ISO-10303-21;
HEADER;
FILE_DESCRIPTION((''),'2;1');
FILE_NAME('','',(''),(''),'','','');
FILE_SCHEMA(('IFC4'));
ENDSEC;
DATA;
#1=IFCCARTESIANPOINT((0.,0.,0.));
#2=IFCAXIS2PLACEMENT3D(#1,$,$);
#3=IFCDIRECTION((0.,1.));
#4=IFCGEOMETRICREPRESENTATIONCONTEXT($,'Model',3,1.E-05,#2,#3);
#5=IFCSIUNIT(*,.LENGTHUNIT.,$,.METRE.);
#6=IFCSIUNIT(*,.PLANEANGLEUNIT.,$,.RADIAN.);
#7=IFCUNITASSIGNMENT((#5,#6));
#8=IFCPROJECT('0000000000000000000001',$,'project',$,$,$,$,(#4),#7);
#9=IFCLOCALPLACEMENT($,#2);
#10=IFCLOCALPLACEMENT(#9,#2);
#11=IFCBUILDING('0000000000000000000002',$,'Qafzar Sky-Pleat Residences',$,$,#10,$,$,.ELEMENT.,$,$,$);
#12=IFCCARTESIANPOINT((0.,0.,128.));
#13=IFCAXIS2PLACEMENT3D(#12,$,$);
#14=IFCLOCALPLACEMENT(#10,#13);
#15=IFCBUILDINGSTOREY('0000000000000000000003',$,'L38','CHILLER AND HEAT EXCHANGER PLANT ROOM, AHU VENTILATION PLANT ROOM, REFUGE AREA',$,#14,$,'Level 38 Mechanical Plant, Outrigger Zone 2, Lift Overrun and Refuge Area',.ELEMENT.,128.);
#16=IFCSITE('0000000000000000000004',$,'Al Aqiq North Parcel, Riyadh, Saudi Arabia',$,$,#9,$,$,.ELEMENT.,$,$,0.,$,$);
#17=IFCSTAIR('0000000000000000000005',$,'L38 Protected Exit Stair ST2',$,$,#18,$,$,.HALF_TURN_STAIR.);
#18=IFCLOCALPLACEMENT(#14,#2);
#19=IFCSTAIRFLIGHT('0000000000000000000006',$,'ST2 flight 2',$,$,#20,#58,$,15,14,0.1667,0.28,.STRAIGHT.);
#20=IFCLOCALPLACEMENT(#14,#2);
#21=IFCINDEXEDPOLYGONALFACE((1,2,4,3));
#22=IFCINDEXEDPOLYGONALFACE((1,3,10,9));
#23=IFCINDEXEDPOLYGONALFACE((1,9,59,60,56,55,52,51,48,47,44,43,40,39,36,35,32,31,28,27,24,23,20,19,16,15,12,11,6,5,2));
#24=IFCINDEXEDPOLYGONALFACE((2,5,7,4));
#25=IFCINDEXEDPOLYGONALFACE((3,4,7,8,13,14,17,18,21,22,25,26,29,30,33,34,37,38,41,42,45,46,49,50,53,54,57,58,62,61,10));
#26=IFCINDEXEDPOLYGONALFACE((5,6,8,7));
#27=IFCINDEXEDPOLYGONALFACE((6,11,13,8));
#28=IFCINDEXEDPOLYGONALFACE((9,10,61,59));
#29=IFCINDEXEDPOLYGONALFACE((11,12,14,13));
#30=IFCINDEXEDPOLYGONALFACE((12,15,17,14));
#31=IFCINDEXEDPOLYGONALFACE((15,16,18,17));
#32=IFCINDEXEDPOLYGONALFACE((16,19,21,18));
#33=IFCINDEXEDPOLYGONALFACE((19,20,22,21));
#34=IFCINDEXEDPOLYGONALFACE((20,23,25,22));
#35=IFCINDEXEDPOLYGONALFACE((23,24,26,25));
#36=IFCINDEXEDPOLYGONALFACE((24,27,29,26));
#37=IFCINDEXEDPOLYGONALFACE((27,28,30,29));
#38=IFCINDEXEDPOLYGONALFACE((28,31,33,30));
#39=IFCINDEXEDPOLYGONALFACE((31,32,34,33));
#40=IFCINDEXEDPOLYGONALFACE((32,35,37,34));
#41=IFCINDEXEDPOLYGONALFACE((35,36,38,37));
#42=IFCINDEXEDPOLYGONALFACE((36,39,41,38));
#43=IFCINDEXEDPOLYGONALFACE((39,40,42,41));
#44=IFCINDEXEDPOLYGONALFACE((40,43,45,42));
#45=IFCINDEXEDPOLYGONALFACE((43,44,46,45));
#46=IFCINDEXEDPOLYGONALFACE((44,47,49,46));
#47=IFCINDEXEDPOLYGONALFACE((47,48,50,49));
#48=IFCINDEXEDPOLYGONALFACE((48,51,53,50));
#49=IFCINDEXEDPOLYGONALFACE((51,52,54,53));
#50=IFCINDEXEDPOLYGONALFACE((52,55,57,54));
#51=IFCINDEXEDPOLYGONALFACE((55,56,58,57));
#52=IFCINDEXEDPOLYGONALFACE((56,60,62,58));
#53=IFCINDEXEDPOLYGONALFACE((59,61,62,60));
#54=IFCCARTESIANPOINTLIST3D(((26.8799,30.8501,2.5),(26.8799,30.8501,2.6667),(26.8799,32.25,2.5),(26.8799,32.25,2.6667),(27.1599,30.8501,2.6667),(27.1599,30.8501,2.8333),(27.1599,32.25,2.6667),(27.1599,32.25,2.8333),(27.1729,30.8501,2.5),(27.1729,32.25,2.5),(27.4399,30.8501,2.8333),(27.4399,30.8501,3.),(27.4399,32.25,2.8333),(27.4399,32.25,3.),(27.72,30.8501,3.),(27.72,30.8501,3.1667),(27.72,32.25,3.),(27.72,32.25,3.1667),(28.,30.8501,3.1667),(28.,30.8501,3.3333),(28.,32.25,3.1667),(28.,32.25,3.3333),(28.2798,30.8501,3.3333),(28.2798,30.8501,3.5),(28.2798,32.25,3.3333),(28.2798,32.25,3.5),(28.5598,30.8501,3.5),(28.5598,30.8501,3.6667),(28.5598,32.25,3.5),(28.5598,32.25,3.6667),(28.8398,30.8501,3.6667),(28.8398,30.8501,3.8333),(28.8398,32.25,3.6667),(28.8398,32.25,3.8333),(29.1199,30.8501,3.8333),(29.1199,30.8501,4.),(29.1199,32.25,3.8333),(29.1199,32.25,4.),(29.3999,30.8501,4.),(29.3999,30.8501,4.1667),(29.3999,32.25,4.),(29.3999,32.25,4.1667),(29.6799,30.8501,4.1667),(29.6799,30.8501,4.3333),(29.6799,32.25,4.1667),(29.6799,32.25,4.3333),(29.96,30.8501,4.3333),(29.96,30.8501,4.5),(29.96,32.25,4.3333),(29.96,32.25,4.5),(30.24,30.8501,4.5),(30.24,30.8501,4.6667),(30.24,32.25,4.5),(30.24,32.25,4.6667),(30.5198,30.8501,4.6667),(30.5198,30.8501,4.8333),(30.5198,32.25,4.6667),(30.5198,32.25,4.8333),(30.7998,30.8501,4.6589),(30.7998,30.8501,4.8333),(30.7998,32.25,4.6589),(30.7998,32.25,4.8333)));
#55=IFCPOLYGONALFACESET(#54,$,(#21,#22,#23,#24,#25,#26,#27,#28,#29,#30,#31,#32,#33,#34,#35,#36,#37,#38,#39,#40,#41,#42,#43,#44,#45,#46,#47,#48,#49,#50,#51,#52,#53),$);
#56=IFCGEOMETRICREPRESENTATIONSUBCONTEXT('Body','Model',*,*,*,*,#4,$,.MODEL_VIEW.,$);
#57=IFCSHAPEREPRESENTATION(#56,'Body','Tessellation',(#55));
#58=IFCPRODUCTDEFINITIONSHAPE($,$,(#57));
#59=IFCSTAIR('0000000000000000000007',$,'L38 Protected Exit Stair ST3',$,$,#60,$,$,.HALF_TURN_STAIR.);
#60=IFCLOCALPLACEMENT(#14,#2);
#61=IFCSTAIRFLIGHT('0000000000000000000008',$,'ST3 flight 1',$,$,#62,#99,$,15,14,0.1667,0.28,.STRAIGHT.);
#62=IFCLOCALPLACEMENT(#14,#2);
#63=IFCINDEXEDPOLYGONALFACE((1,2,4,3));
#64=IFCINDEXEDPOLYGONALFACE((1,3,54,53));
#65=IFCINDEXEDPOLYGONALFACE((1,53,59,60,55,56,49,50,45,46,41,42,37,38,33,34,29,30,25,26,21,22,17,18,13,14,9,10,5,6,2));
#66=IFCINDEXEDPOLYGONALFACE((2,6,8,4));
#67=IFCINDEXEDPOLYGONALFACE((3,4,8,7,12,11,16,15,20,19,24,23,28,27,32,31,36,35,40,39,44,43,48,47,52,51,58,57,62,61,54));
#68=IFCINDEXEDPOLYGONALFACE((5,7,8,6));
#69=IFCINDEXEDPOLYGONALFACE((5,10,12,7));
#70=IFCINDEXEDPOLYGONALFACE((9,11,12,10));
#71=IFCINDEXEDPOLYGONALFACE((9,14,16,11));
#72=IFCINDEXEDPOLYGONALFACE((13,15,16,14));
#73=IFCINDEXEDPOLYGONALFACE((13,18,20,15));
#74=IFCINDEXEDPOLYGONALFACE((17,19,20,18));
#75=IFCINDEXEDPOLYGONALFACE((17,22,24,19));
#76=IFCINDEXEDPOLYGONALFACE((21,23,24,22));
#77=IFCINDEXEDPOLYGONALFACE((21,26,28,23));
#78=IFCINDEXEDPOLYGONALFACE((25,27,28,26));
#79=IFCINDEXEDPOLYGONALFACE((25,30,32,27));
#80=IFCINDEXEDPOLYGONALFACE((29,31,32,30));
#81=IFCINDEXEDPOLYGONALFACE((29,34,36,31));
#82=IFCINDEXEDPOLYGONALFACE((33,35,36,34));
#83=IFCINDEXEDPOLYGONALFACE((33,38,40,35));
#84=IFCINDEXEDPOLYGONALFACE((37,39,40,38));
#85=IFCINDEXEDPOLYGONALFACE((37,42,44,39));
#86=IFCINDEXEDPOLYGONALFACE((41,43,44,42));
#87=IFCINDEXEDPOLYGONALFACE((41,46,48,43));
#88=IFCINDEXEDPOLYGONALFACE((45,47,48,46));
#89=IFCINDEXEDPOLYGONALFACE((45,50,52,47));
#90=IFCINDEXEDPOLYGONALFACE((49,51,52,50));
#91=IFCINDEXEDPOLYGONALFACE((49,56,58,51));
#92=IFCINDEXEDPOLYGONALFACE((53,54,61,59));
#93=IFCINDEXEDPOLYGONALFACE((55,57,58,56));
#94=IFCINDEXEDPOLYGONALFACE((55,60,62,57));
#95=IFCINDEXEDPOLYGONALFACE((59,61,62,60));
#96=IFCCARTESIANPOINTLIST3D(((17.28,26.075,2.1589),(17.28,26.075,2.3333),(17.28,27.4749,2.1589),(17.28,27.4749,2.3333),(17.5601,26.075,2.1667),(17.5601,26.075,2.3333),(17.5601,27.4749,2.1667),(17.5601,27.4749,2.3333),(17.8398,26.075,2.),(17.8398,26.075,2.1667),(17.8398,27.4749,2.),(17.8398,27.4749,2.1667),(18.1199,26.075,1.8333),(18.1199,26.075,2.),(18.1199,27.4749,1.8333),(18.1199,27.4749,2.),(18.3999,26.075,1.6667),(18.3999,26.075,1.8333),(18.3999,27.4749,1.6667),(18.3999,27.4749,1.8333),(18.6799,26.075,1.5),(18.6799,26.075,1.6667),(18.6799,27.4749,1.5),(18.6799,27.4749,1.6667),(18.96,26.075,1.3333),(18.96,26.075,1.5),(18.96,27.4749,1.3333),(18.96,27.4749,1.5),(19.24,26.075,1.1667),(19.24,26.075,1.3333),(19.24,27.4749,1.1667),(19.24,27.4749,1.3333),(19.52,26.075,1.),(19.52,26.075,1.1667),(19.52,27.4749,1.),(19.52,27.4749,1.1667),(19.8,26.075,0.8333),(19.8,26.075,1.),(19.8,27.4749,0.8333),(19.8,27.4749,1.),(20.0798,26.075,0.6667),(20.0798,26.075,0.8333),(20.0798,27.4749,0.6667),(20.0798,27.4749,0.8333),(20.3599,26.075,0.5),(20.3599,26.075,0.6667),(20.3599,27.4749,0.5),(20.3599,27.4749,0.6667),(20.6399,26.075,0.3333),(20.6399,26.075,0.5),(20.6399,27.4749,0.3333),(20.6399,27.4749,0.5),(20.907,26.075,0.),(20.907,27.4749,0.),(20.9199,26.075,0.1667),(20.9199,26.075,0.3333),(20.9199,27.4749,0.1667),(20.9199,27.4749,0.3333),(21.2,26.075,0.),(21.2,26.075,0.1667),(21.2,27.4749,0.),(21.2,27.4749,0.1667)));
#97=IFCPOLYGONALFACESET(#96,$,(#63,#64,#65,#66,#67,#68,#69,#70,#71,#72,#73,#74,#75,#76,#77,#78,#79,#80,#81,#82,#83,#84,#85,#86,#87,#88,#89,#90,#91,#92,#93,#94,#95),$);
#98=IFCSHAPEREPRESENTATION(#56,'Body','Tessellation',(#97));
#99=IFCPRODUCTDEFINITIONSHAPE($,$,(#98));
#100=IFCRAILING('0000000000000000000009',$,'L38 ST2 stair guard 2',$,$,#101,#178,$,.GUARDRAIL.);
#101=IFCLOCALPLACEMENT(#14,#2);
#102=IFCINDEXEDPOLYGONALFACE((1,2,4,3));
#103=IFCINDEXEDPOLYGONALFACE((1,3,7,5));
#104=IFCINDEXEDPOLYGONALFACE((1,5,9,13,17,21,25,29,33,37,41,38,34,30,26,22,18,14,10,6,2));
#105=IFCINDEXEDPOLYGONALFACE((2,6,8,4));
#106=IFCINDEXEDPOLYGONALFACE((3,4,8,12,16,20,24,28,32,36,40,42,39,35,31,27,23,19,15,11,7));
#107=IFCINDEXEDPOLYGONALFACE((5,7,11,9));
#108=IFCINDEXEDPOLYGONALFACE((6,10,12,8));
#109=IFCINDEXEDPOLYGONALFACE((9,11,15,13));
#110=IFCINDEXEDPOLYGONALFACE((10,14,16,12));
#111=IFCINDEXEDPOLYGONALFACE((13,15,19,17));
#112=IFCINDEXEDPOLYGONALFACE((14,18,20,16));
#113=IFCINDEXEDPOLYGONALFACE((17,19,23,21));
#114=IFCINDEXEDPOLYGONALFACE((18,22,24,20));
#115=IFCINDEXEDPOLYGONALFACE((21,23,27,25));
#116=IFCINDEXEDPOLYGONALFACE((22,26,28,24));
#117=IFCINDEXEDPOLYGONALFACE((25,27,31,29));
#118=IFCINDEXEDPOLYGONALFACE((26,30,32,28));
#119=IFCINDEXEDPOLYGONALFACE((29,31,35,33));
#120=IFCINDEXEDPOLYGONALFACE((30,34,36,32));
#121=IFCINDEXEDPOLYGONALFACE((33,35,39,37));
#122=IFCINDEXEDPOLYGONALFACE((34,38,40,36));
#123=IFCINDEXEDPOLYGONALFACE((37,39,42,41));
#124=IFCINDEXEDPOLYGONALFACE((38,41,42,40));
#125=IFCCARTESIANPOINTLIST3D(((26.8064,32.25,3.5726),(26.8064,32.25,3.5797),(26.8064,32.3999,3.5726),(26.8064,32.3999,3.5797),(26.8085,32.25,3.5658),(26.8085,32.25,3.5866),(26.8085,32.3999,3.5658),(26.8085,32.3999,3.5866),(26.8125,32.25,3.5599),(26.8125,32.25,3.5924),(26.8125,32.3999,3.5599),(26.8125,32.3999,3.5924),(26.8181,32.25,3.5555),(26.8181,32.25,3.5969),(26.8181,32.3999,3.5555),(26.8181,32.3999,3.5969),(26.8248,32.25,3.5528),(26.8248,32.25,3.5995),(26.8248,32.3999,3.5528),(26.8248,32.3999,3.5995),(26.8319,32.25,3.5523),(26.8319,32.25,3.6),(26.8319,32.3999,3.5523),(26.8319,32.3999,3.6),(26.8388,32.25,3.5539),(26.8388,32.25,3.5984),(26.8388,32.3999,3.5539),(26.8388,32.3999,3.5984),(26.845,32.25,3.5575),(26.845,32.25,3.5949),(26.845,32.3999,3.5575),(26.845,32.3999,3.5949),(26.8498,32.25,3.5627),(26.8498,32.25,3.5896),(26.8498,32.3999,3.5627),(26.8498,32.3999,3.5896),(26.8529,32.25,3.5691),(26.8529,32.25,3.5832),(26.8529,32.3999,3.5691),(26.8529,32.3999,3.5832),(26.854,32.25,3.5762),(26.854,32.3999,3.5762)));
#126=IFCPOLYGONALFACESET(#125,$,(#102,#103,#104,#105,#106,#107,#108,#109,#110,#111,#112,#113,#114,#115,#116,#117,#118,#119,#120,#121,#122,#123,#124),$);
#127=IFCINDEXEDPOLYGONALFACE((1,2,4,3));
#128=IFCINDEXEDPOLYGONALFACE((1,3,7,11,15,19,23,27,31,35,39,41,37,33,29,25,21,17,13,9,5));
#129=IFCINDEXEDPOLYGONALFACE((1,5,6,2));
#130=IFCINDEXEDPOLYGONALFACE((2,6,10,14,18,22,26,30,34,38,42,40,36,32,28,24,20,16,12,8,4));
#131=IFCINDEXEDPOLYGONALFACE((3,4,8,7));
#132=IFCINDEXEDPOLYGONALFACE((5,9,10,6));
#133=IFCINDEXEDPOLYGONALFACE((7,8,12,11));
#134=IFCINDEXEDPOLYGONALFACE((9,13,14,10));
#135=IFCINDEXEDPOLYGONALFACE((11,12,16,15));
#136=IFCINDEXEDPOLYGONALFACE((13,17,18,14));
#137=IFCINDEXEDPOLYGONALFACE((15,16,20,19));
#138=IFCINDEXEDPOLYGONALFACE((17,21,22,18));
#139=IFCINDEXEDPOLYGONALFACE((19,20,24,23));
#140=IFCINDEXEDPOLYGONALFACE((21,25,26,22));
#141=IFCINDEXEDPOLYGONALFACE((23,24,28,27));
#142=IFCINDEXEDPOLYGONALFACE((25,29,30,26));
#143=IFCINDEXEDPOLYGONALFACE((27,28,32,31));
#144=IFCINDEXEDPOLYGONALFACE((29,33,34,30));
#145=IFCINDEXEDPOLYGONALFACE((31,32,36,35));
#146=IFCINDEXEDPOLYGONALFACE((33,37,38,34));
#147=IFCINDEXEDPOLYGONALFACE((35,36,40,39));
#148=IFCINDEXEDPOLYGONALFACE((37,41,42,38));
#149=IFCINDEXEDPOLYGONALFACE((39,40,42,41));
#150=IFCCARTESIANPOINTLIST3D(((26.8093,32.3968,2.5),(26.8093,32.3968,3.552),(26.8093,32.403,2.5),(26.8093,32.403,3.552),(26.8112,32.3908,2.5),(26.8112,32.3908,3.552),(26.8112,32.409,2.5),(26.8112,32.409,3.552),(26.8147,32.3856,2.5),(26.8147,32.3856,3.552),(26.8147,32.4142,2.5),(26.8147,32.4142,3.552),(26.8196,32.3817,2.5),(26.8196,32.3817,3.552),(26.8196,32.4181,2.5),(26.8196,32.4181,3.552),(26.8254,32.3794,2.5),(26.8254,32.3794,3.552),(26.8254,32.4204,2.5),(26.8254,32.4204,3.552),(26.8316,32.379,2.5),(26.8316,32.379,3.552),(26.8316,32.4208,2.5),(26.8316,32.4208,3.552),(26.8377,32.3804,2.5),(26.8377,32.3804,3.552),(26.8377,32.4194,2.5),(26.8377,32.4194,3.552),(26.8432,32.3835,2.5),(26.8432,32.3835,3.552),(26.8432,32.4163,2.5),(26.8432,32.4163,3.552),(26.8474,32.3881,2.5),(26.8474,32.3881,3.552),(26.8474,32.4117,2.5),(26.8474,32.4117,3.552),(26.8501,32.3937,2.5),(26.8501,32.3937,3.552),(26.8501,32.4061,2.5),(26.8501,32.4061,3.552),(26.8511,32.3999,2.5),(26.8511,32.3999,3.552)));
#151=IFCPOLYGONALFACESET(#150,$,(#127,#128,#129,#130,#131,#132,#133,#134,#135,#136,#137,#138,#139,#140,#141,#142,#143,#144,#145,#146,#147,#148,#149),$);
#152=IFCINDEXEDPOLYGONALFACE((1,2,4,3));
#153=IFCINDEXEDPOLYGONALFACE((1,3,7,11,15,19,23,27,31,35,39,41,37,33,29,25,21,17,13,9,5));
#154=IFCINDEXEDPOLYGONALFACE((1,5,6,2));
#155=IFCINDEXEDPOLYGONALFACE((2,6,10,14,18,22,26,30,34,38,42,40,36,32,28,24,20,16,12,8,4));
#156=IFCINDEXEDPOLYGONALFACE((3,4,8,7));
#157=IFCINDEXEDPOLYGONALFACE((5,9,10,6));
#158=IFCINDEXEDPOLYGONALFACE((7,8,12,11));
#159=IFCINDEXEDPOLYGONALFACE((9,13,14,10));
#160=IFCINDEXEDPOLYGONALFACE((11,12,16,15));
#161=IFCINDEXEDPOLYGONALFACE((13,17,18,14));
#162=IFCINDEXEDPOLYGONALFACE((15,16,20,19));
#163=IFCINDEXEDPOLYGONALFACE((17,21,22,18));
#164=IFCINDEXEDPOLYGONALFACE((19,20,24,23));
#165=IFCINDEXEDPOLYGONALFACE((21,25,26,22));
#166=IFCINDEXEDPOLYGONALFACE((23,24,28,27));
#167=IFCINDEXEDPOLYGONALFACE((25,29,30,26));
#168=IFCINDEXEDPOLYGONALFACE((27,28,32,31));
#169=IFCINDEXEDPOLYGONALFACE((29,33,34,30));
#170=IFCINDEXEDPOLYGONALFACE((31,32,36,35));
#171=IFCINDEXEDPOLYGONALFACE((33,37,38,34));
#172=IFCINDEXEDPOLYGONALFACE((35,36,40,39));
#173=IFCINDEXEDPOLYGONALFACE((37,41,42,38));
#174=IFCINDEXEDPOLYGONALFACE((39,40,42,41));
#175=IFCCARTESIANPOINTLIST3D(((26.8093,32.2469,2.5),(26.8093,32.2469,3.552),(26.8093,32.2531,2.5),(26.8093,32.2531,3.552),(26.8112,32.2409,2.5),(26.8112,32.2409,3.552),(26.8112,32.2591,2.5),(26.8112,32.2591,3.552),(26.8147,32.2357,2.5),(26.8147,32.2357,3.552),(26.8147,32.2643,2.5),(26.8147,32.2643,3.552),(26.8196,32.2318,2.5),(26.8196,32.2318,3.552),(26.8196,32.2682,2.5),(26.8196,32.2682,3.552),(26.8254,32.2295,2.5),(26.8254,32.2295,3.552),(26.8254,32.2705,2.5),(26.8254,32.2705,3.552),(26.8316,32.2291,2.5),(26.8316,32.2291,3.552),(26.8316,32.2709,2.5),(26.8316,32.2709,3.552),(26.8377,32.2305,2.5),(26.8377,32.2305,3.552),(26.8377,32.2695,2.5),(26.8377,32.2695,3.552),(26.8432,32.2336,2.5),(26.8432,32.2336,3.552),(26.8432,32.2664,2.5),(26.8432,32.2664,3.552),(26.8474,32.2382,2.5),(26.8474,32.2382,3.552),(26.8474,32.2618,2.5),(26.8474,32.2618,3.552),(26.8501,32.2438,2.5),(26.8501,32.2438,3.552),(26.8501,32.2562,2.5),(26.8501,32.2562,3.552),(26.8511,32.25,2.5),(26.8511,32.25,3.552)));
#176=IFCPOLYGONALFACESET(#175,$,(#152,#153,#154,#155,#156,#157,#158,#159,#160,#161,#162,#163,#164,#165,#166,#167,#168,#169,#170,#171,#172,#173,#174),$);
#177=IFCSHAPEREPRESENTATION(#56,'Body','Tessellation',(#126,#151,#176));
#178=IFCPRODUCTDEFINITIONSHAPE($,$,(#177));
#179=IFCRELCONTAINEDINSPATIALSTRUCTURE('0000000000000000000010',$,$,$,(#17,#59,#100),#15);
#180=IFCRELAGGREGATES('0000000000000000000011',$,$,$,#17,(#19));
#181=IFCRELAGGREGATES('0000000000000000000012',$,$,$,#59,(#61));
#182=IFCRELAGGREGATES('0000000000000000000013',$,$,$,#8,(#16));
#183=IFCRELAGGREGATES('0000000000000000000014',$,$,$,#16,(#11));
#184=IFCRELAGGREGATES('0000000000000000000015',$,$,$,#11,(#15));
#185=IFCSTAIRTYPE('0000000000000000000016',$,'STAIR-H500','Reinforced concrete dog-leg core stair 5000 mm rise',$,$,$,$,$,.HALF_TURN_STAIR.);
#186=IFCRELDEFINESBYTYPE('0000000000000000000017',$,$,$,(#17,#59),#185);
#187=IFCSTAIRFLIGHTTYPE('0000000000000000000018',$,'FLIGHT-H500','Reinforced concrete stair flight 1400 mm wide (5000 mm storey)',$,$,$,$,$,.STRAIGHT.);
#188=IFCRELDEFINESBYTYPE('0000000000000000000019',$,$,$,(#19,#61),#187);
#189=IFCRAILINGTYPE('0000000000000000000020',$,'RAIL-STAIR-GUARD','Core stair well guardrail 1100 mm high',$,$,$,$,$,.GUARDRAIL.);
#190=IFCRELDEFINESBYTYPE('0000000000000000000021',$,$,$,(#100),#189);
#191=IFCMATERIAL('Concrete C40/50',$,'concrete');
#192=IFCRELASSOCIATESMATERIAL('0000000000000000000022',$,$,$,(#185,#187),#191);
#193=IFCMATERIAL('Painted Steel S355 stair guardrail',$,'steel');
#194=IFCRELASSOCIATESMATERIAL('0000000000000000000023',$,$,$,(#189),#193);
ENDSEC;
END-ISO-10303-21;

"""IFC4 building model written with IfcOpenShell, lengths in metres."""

from ifc_helpers import new_model, si_unit, direction, frame, origin, origin_2d, place, context, subcontext, project, spatial, polyline, circle, outline, extrude, source, transform, mapped, material, type_object, element, aggregate, save


model = new_model("IFC4")

# Units and contexts
model_context = context("Model", 3, precision=1e-05, world=origin(), true_north=direction((0.0, 1.0)))
body_context = subcontext(model_context, "Body", "Model", "MODEL_VIEW")
ifc_project = project(units=[si_unit("LENGTHUNIT", "METRE"), si_unit("PLANEANGLEUNIT", "RADIAN")], contexts=[model_context])

# Site, building, storey
site_placement = place(None, origin())
site = spatial("IfcSite", under=ifc_project, at=site_placement, Name="Al Aqiq North Parcel, Riyadh, Saudi Arabia", CompositionType="ELEMENT", RefElevation=0.0)
building_placement = place(site_placement, origin())
building = spatial("IfcBuilding", under=site, at=building_placement, Name="Qafzar Sky-Pleat Residences", CompositionType="ELEMENT")
storey_placement = place(building_placement, frame((0.0, 0.0, 128.0)))
storey = spatial("IfcBuildingStorey", under=building, at=storey_placement, Name="L38", Description="CHILLER AND HEAT EXCHANGER PLANT ROOM, AHU VENTILATION PLANT ROOM, REFUGE AREA", LongName="Level 38 Mechanical Plant, Outrigger Zone 2, Lift Overrun and Refuge Area", CompositionType="ELEMENT", Elevation=128.0)

# Stairs, stair flights
ifc_material_1 = material(Name="Concrete C40/50", Category="concrete")
stair_type = type_object("IfcStairType", Name="STAIR-H500", Description="Reinforced concrete dog-leg core stair 5000 mm rise", PredefinedType="HALF_TURN_STAIR", material=ifc_material_1)
stair_1_placement = place(storey_placement, origin())
stair_1 = element("IfcStair", 1, at=stair_1_placement, inside=storey, type_object=stair_type, Name="L38 Protected Exit Stair ST2", PredefinedType="HALF_TURN_STAIR")
stair_flight_type = type_object("IfcStairFlightType", Name="FLIGHT-H500", Description="Reinforced concrete stair flight 1400 mm wide (5000 mm storey)", PredefinedType="STRAIGHT", material=ifc_material_1)
shared_shape_1 = source(origin(), body_context, "Body", "SweptSolid", [
    extrude(outline(polyline([(0.0, 0.0), (0.0, 0.1667), (0.28, 0.1667), (0.28, 0.3333), (0.5601, 0.3333), (0.5601, 0.5), (0.8401, 0.5), (0.8401, 0.6667), (1.1201, 0.6667), (1.1201, 0.8333), (1.3999, 0.8333), (1.3999, 1.0), (1.6799, 1.0), (1.6799, 1.1667), (1.96, 1.1667), (1.96, 1.3333), (2.24, 1.3333), (2.24, 1.5), (2.52, 1.5), (2.52, 1.6667), (2.8, 1.6667), (2.8, 1.8333), (3.0801, 1.8333), (3.0801, 2.0), (3.3601, 2.0), (3.3601, 2.1667), (3.6399, 2.1667), (3.6399, 2.3333), (3.9199, 2.3333), (3.9199, 2.5), (3.9199, 2.1589), (0.293, 0.0), (0.0, 0.0)])), frame((0.0, 0.7, 0.0), z_axis=(0.0, -1.0, 0.0), x_axis=(1.0, 0.0, 0.0)), (0.0, 0.0, 1.0), 1.3999),
])
stair_flight_1_placement = place(storey_placement, frame((26.8799, 31.55, 2.5), z_axis=(0.0, 0.0, 1.0), x_axis=(1.0, 0.0, 0.0)))
stair_flight_1 = element("IfcStairFlight", 2, at=stair_flight_1_placement, type_object=stair_flight_type, Name="ST2 flight 2", NumberOfRisers=15, NumberOfTreads=14, PredefinedType="STRAIGHT", RiserHeight=0.1667, TreadLength=0.28, context=body_context, shape_type="MappedRepresentation", body=[
    mapped(shared_shape_1, transform((0.0, 0.0, 0.0), x_axis=(1.0, 0.0, 0.0), y_axis=(0.0, 1.0, 0.0), z_axis=(0.0, 0.0, 1.0), scale=1.0)),
])
aggregate(stair_1, [stair_flight_1])
stair_2_placement = place(storey_placement, origin())
stair_2 = element("IfcStair", 3, at=stair_2_placement, inside=storey, type_object=stair_type, Name="L38 Protected Exit Stair ST3", PredefinedType="HALF_TURN_STAIR")
stair_flight_2_placement = place(storey_placement, frame((21.2, 26.7749, 0.0), z_axis=(0.0, 0.0, 1.0), x_axis=(-1.0, 0.0, 0.0)))
stair_flight_2 = element("IfcStairFlight", 4, at=stair_flight_2_placement, type_object=stair_flight_type, Name="ST3 flight 1", NumberOfRisers=15, NumberOfTreads=14, PredefinedType="STRAIGHT", RiserHeight=0.1667, TreadLength=0.28, context=body_context, shape_type="MappedRepresentation", body=[
    mapped(shared_shape_1, transform((0.0, 0.0, 0.0), x_axis=(1.0, 0.0, 0.0), y_axis=(0.0, 1.0, 0.0), z_axis=(0.0, 0.0, 1.0), scale=1.0)),
])
aggregate(stair_2, [stair_flight_2])

# Railing
ifc_material_2 = material(Name="Painted Steel S355 stair guardrail", Category="steel")
railing_type_1 = type_object("IfcRailingType", Name="RAIL-STAIR-GUARD", Description="Core stair well guardrail 1100 mm high", PredefinedType="GUARDRAIL", material=ifc_material_2)
shared_shape_2 = source(origin(), body_context, "Body", "SweptSolid", [
    extrude(circle(Radius=0.0239, at=origin_2d()), frame((0.0, 0.0, 1.0762), z_axis=(0.0, -1.0, 0.0), x_axis=(1.0, 0.0, 0.0)), (0.0, 0.0, 1.0), 0.1499),
    extrude(circle(Radius=0.021, at=origin_2d()), origin(), (0.0, 0.0, 1.0), 1.052),
    extrude(circle(Radius=0.021, at=origin_2d()), frame((0.0, -0.1499, 0.0)), (0.0, 0.0, 1.0), 1.052),
])
for number, where, name in (
    (5, (26.8301, 32.3999, 2.5), "L38 ST2 stair guard 2"),
):
    element("IfcRailing", number, at=place(storey_placement, frame(where)), inside=storey, type_object=railing_type_1, Name=name, PredefinedType="GUARDRAIL", context=body_context, shape_type="MappedRepresentation", body=[
        mapped(shared_shape_2, transform((0.0, 0.0, 0.0), x_axis=(1.0, 0.0, 0.0), y_axis=(0.0, 1.0, 0.0), z_axis=(0.0, 0.0, 1.0), scale=1.0)),
    ])

save(model, "model.ifc")
